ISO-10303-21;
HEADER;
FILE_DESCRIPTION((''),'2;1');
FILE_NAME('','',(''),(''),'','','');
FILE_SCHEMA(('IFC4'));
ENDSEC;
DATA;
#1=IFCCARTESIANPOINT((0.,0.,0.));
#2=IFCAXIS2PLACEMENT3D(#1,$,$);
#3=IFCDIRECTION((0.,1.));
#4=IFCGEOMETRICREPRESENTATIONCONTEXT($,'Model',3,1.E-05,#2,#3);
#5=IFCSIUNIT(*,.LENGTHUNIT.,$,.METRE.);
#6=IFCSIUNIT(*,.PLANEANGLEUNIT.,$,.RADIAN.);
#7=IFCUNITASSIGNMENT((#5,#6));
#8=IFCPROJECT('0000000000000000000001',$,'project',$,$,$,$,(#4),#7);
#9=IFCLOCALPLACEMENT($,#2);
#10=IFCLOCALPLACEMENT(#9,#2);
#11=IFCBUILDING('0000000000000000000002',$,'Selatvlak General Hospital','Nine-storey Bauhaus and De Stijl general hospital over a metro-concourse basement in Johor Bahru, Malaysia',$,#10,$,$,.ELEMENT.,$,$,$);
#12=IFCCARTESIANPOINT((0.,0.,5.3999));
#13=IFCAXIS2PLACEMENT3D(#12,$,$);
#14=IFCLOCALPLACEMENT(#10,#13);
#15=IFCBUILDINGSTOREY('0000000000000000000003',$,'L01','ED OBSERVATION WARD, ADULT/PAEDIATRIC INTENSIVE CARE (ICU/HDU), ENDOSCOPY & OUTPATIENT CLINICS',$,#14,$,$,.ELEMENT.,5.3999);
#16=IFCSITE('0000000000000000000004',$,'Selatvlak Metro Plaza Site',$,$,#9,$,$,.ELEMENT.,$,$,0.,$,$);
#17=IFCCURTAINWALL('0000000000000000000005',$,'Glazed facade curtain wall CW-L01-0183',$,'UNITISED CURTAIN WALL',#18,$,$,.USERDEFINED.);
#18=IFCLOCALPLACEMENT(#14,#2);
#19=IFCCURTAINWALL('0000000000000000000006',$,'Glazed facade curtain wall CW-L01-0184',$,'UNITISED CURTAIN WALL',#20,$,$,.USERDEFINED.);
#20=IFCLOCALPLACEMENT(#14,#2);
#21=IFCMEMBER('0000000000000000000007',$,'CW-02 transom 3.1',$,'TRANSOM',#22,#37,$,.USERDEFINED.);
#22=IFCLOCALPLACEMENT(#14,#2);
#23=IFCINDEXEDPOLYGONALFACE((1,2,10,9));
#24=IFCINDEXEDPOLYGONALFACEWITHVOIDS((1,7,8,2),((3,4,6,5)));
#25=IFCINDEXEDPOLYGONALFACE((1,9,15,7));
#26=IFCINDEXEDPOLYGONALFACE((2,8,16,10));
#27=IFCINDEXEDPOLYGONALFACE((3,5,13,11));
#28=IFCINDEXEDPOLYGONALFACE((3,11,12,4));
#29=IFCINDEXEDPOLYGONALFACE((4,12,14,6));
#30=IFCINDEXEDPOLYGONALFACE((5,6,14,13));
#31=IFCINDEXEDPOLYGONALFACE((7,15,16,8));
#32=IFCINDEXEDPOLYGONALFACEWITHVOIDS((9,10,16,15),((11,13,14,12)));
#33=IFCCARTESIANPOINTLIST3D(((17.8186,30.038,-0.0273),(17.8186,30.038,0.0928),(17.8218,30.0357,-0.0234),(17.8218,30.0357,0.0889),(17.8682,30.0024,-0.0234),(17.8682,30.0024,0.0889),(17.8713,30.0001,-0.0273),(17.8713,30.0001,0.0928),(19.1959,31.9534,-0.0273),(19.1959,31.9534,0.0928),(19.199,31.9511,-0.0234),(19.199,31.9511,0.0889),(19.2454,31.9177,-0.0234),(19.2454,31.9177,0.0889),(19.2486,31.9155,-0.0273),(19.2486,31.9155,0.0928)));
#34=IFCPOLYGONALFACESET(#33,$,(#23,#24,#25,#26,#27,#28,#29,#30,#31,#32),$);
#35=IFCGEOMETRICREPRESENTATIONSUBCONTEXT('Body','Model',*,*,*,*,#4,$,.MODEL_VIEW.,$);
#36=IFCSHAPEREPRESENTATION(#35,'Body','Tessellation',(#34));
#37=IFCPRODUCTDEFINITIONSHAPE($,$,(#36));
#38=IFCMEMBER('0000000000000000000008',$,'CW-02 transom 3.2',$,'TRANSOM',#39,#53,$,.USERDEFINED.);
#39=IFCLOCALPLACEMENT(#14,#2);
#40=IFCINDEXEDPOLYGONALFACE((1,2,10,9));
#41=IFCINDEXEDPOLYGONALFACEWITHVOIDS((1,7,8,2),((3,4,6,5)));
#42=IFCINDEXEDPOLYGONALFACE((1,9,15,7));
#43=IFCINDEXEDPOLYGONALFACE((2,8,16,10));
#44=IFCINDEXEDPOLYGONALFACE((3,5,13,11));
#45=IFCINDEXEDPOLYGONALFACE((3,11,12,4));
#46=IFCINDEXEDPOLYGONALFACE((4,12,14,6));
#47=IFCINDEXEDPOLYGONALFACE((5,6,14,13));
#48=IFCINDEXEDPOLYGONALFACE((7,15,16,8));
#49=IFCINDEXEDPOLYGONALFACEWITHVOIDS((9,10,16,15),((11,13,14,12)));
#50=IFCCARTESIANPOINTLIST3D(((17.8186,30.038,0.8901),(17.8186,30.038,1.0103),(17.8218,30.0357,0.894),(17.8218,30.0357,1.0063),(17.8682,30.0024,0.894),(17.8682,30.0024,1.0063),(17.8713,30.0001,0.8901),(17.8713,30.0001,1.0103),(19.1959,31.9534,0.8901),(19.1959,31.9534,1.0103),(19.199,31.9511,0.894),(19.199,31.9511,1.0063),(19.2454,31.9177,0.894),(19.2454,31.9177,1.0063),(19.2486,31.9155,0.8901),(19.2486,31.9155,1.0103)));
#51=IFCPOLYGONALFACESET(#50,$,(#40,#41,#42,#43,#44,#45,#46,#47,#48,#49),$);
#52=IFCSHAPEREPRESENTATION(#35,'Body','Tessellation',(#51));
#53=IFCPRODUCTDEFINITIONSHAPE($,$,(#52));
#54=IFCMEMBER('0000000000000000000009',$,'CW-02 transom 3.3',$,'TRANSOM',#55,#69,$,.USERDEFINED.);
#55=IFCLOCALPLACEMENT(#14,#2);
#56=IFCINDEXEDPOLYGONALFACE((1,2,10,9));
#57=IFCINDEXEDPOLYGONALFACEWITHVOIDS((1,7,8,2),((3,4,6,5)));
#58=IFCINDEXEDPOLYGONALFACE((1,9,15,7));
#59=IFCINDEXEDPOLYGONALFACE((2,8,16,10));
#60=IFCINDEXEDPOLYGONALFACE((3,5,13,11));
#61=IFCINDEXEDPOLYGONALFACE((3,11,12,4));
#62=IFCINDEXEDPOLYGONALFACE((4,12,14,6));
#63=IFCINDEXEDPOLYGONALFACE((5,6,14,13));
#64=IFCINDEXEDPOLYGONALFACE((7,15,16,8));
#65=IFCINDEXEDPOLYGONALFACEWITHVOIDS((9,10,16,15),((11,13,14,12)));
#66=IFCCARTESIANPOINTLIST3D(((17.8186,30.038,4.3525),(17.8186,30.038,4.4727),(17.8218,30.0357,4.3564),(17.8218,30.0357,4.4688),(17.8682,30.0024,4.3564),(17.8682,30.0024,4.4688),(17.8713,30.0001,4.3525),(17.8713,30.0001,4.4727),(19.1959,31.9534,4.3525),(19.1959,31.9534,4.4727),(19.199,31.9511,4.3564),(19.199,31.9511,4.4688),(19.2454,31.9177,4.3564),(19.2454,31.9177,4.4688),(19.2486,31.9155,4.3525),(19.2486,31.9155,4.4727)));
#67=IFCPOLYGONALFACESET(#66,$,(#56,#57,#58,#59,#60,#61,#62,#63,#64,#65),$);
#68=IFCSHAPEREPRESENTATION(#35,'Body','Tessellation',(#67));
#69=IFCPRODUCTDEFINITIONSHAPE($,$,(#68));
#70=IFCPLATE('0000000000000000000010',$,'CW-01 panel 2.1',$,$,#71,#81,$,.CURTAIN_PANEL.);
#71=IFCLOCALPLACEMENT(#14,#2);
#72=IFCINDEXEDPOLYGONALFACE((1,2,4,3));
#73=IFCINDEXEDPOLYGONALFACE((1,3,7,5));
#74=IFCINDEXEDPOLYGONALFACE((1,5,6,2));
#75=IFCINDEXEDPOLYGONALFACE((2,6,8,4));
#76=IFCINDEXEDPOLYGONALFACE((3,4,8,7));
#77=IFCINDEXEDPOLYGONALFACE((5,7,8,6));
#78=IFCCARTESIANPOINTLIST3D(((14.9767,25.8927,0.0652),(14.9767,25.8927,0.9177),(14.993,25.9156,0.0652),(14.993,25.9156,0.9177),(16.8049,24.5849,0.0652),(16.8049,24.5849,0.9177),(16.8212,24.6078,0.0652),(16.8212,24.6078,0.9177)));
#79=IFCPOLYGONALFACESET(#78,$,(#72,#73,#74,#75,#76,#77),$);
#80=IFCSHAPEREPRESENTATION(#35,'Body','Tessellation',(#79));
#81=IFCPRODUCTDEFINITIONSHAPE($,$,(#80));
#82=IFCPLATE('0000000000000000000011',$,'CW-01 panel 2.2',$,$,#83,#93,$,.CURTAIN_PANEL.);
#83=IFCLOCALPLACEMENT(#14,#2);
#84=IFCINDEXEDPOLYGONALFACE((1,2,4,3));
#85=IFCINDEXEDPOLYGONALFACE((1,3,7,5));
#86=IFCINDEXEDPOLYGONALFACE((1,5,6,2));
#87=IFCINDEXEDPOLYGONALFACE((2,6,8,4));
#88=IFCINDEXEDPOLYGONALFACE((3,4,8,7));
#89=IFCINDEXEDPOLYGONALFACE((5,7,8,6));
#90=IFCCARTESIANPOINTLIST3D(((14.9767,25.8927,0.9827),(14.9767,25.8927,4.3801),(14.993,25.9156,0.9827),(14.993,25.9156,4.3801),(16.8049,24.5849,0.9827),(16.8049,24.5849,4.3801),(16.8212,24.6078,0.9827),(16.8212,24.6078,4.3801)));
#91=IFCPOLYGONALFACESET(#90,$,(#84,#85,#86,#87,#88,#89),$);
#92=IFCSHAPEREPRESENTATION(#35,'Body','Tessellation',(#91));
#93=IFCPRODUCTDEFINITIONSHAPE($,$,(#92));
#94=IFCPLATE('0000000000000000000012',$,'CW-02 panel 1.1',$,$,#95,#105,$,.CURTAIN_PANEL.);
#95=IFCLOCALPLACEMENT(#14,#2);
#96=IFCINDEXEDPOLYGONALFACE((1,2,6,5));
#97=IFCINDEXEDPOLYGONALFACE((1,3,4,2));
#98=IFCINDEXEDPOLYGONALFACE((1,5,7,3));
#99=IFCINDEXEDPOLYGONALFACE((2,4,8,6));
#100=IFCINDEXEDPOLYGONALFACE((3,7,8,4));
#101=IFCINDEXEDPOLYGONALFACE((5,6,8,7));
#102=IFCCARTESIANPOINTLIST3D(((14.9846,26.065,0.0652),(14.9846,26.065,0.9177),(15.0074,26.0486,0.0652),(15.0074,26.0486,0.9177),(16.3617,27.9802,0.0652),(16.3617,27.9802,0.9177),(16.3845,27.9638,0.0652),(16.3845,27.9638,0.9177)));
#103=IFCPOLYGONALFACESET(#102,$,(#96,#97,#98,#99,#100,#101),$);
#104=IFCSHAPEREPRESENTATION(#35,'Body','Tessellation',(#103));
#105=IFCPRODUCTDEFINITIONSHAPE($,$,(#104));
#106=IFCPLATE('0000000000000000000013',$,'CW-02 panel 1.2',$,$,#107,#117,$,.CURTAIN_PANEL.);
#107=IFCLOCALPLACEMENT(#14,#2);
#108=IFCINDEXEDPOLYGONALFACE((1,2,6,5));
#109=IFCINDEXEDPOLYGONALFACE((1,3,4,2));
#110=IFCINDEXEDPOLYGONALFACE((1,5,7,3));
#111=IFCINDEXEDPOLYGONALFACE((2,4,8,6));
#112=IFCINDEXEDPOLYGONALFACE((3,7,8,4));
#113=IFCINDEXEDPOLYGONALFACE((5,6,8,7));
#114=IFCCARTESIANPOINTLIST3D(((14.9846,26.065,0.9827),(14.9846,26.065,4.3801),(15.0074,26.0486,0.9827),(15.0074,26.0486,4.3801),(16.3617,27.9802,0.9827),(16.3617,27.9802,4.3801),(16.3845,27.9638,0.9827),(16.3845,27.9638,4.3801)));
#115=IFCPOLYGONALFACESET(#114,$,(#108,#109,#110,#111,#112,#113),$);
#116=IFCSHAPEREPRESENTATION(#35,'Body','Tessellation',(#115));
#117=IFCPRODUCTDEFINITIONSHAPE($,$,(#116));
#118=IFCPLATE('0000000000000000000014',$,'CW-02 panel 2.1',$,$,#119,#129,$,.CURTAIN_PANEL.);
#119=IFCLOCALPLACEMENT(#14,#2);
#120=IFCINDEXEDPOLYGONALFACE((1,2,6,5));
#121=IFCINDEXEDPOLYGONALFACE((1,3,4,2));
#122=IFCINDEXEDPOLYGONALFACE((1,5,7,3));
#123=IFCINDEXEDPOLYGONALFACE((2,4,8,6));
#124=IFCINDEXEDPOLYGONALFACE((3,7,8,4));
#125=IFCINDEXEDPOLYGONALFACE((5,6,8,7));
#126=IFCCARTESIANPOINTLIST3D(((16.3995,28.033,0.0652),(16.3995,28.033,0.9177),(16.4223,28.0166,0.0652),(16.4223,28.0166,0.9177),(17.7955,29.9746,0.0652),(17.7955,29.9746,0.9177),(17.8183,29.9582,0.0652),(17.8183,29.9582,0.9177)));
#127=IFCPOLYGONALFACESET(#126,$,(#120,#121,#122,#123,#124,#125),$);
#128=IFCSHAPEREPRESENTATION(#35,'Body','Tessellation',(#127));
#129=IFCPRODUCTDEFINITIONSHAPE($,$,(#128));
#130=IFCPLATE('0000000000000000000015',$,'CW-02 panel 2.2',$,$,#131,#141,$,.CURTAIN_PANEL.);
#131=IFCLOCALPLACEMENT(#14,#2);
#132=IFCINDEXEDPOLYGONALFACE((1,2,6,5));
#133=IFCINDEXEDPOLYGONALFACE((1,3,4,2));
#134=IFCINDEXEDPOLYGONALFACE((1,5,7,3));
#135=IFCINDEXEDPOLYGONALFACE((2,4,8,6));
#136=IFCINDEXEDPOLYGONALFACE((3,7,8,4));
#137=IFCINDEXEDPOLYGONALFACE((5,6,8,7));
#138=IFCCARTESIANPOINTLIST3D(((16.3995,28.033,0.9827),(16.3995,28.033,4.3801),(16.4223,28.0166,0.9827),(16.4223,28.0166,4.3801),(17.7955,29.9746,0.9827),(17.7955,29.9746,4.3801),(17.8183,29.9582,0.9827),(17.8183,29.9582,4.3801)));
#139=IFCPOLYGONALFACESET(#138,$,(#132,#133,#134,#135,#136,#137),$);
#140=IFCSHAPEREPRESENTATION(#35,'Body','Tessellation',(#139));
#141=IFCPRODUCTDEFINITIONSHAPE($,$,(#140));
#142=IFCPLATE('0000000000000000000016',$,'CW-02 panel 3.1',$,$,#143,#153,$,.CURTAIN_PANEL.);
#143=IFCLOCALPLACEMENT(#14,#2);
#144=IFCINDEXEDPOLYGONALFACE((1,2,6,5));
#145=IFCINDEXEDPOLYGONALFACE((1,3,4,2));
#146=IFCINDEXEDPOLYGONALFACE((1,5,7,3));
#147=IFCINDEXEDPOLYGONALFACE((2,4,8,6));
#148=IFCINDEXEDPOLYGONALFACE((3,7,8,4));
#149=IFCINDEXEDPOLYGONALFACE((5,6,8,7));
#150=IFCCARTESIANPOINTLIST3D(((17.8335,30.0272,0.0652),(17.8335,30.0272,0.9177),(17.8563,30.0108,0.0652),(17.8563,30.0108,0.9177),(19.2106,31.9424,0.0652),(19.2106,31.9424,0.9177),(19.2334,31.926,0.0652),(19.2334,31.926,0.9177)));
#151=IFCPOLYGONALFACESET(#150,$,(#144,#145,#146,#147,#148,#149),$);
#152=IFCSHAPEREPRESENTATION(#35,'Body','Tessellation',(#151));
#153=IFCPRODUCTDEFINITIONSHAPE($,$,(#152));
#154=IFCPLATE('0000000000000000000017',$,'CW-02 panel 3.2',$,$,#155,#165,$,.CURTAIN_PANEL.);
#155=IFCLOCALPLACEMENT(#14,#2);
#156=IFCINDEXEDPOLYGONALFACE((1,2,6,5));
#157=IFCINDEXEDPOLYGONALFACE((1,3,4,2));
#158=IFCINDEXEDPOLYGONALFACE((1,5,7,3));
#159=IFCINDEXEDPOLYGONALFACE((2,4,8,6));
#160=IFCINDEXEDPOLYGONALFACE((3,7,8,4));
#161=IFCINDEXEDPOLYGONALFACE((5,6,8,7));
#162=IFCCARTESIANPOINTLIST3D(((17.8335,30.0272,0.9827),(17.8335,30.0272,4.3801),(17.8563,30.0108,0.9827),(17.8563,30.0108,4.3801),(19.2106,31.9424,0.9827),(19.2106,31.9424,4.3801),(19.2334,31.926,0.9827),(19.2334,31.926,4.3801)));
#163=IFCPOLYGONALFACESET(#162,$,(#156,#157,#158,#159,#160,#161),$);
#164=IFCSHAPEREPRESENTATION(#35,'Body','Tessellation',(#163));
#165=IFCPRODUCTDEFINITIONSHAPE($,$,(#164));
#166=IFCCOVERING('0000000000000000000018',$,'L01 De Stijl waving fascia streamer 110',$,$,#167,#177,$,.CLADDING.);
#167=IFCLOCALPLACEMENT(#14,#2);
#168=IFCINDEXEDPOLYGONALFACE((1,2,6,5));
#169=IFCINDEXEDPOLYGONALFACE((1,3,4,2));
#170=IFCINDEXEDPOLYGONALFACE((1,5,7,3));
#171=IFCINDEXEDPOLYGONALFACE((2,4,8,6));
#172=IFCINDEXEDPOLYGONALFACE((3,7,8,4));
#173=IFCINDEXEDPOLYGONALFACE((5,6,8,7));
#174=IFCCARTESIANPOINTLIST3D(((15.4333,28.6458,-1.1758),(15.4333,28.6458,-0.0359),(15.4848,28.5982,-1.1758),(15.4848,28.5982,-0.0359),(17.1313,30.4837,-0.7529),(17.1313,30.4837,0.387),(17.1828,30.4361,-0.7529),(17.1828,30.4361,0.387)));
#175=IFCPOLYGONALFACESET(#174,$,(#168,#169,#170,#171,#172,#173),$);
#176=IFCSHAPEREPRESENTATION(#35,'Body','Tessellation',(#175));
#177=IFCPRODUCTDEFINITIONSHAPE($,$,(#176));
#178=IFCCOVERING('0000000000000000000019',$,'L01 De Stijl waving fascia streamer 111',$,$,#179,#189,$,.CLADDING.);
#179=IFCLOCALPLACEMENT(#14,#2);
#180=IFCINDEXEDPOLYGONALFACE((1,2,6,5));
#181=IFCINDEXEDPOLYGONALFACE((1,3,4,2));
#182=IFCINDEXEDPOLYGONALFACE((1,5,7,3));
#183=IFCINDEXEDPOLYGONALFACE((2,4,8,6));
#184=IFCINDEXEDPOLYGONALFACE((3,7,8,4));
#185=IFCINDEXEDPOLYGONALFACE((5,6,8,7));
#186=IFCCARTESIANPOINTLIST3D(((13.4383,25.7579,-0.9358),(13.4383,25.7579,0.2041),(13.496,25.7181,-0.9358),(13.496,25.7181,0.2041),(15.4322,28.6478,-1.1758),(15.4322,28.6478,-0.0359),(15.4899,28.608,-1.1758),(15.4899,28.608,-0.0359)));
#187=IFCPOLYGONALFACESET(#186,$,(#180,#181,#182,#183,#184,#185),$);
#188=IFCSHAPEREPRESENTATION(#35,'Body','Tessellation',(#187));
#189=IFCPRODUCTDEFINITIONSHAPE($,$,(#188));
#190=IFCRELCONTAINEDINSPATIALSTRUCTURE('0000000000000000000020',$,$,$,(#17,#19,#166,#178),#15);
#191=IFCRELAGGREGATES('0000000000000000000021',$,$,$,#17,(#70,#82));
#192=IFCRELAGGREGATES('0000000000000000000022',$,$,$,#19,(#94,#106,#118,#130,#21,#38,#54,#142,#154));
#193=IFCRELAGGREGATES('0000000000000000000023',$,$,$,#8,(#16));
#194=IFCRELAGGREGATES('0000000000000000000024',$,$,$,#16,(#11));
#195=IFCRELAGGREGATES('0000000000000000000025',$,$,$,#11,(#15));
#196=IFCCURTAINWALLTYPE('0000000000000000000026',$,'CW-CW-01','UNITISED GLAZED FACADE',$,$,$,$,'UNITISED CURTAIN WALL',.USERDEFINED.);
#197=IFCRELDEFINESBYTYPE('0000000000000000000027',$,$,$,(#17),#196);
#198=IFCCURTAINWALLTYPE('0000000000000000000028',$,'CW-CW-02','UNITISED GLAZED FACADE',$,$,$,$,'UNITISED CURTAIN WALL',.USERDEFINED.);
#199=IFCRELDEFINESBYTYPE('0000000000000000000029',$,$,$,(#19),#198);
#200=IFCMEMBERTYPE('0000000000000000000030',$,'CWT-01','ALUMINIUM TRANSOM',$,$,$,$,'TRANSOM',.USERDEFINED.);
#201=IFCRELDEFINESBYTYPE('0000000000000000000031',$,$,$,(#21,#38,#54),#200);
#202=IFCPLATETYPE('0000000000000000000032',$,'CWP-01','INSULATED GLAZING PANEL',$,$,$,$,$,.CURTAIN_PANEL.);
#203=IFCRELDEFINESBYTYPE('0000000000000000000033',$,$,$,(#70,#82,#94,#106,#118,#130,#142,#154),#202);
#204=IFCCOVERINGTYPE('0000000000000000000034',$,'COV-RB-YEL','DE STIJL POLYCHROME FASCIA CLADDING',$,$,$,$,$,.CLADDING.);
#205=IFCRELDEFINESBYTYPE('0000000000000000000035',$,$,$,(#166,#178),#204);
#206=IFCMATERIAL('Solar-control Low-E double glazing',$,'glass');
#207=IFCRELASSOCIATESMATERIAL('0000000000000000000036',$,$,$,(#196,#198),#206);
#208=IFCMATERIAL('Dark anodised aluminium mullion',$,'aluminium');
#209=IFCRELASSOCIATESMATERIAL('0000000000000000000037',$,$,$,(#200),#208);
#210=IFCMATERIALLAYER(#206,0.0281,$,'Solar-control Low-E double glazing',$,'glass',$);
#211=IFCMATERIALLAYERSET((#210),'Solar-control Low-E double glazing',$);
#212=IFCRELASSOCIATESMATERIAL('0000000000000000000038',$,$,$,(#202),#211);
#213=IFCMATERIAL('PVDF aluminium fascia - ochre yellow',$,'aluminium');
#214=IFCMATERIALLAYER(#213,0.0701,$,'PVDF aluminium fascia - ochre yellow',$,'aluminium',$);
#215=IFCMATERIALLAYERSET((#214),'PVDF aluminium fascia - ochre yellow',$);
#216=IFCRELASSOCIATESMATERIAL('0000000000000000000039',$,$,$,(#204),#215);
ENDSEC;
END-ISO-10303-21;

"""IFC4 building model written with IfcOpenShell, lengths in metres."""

from ifc_helpers import new_model, si_unit, direction, frame, origin, origin_2d, place, context, subcontext, project, spatial, polyline, rectangle, hollow_rectangle, outline, extrude, material, layer, layer_set, material_profile, profile_set, type_object, element, aggregate, save


model = new_model("IFC4")

# Units and contexts
model_context = context("Model", 3, precision=1e-05, world=origin(), true_north=direction((0.0, 1.0)))
body_context = subcontext(model_context, "Body", "Model", "MODEL_VIEW")
ifc_project = project(units=[si_unit("LENGTHUNIT", "METRE"), si_unit("PLANEANGLEUNIT", "RADIAN")], contexts=[model_context])

# Site, building, storey
site_placement = place(None, origin())
site = spatial("IfcSite", under=ifc_project, at=site_placement, Name="Selatvlak Metro Plaza Site", CompositionType="ELEMENT", RefElevation=0.0)
building_placement = place(site_placement, origin())
building = spatial("IfcBuilding", under=site, at=building_placement, Name="Selatvlak General Hospital", Description="Nine-storey Bauhaus and De Stijl general hospital over a metro-concourse basement in Johor Bahru, Malaysia", CompositionType="ELEMENT")
storey_placement = place(building_placement, frame((0.0, 0.0, 5.3999)))
storey = spatial("IfcBuildingStorey", under=building, at=storey_placement, Name="L01", Description="ED OBSERVATION WARD, ADULT/PAEDIATRIC INTENSIVE CARE (ICU/HDU), ENDOSCOPY & OUTPATIENT CLINICS", CompositionType="ELEMENT", Elevation=5.3999)

# Curtain wall
ifc_material_1 = material(Name="Solar-control Low-E double glazing", Category="glass")
curtain_wall_type_1 = type_object("IfcCurtainWallType", Name="CW-CW-01", Description="UNITISED GLAZED FACADE", ElementType="UNITISED CURTAIN WALL", PredefinedType="USERDEFINED", material=ifc_material_1)
curtain_wall_1_placement = place(storey_placement, origin())
curtain_wall_1 = element("IfcCurtainWall", 1, at=curtain_wall_1_placement, inside=storey, type_object=curtain_wall_type_1, Name="Glazed facade curtain wall CW-L01-0183", ObjectType="UNITISED CURTAIN WALL", PredefinedType="USERDEFINED")
ifc_material_2 = material(Name="Dark anodised aluminium mullion", Category="aluminium")

# Curtain wall, members
curtain_wall_type_2 = type_object("IfcCurtainWallType", Name="CW-CW-02", Description="UNITISED GLAZED FACADE", ElementType="UNITISED CURTAIN WALL", PredefinedType="USERDEFINED", material=ifc_material_1)
curtain_wall_2_placement = place(storey_placement, origin())
curtain_wall_2 = element("IfcCurtainWall", 2, at=curtain_wall_2_placement, inside=storey, type_object=curtain_wall_type_2, Name="Glazed facade curtain wall CW-L01-0184", ObjectType="UNITISED CURTAIN WALL", PredefinedType="USERDEFINED")
ifc_material_profile_1 = material_profile(ifc_material_2, hollow_rectangle(XDim=0.0649, YDim=0.1201, WallThickness=0.0039, at=origin_2d()), Name="AL-TRN 65x120x4")
ifc_profile_set_1 = profile_set([ifc_material_profile_1], Name="Dark anodised aluminium mullion")
member_type_1 = type_object("IfcMemberType", Name="CWT-01", Description="ALUMINIUM TRANSOM", ElementType="TRANSOM", PredefinedType="USERDEFINED", material=ifc_profile_set_1)
member_1_placement = place(storey_placement, frame((17.845, 30.019, 0.0327), z_axis=(0.5838, 0.811897, 0.0), x_axis=(-0.811897, 0.5838, 0.0)))
member_1 = element("IfcMember", 3, at=member_1_placement, type_object=member_type_1, Name="CW-02 transom 3.1", ObjectType="TRANSOM", PredefinedType="USERDEFINED", context=body_context, shape_type="SweptSolid", body=[
    extrude(hollow_rectangle(XDim=0.0649, YDim=0.1201, WallThickness=0.0039, at=origin_2d()), origin(), (0.0, 0.0, 1.0), 2.3591),
])
member_2_placement = place(storey_placement, frame((17.845, 30.019, 0.9502), z_axis=(0.5838, 0.811897, 0.0), x_axis=(-0.811897, 0.5838, 0.0)))
member_2 = element("IfcMember", 4, at=member_2_placement, type_object=member_type_1, Name="CW-02 transom 3.2", ObjectType="TRANSOM", PredefinedType="USERDEFINED", context=body_context, shape_type="SweptSolid", body=[
    extrude(hollow_rectangle(XDim=0.0649, YDim=0.1201, WallThickness=0.0039, at=origin_2d()), origin(), (0.0, 0.0, 1.0), 2.3591),
])
member_3_placement = place(storey_placement, frame((17.845, 30.019, 4.4126), z_axis=(0.5838, 0.811897, 0.0), x_axis=(-0.811897, 0.5838, 0.0)))
member_3 = element("IfcMember", 5, at=member_3_placement, type_object=member_type_1, Name="CW-02 transom 3.3", ObjectType="TRANSOM", PredefinedType="USERDEFINED", context=body_context, shape_type="SweptSolid", body=[
    extrude(hollow_rectangle(XDim=0.0649, YDim=0.1201, WallThickness=0.0039, at=origin_2d()), origin(), (0.0, 0.0, 1.0), 2.3591),
])

# Plates
ifc_layer_1 = layer(ifc_material_1, 0.0281, Name="Solar-control Low-E double glazing", Category="glass")
ifc_layer_set_1 = layer_set([ifc_layer_1], Name="Solar-control Low-E double glazing")
plate_type = type_object("IfcPlateType", Name="CWP-01", Description="INSULATED GLAZING PANEL", PredefinedType="CURTAIN_PANEL", material=ifc_layer_set_1)
plate_1_placement = place(storey_placement, frame((15.8989, 25.2502, 0.0652), z_axis=(0.0, 0.0, 1.0), x_axis=(-0.81333, 0.581803, 0.0)))
plate_1 = element("IfcPlate", 6, at=plate_1_placement, type_object=plate_type, Name="CW-01 panel 2.1", PredefinedType="CURTAIN_PANEL", context=body_context, shape_type="SweptSolid", body=[
    extrude(rectangle(XDim=2.2478, YDim=0.0281, at=origin_2d()), origin(), (0.0, 0.0, 1.0), 0.8525),
])
plate_2_placement = place(storey_placement, frame((15.8989, 25.2502, 0.9827), z_axis=(0.0, 0.0, 1.0), x_axis=(-0.81333, 0.581803, 0.0)))
plate_2 = element("IfcPlate", 7, at=plate_2_placement, type_object=plate_type, Name="CW-01 panel 2.2", PredefinedType="CURTAIN_PANEL", context=body_context, shape_type="SweptSolid", body=[
    extrude(rectangle(XDim=2.2478, YDim=0.0281, at=origin_2d()), origin(), (0.0, 0.0, 1.0), 3.3975),
])
aggregate(curtain_wall_1, [plate_1, plate_2])
plate_3_placement = place(storey_placement, frame((15.6846, 27.0144, 0.0652), z_axis=(0.0, 0.0, 1.0), x_axis=(0.58379, 0.811905, 0.0)))
plate_3 = element("IfcPlate", 8, at=plate_3_placement, type_object=plate_type, Name="CW-02 panel 1.1", PredefinedType="CURTAIN_PANEL", context=body_context, shape_type="SweptSolid", body=[
    extrude(rectangle(XDim=2.3589, YDim=0.0281, at=origin_2d()), origin(), (0.0, 0.0, 1.0), 0.8525),
])
plate_4_placement = place(storey_placement, frame((15.6846, 27.0144, 0.9827), z_axis=(0.0, 0.0, 1.0), x_axis=(0.58379, 0.811905, 0.0)))
plate_4 = element("IfcPlate", 9, at=plate_4_placement, type_object=plate_type, Name="CW-02 panel 1.2", PredefinedType="CURTAIN_PANEL", context=body_context, shape_type="SweptSolid", body=[
    extrude(rectangle(XDim=2.3589, YDim=0.0281, at=origin_2d()), origin(), (0.0, 0.0, 1.0), 3.3975),
])
plate_5_placement = place(storey_placement, frame((17.1089, 28.9956, 0.0652), z_axis=(0.0, 0.0, 1.0), x_axis=(0.58379, 0.811905, 0.0)))
plate_5 = element("IfcPlate", 10, at=plate_5_placement, type_object=plate_type, Name="CW-02 panel 2.1", PredefinedType="CURTAIN_PANEL", context=body_context, shape_type="SweptSolid", body=[
    extrude(rectangle(XDim=2.3914, YDim=0.0281, at=origin_2d()), origin(), (0.0, 0.0, 1.0), 0.8525),
])
plate_6_placement = place(storey_placement, frame((17.1089, 28.9956, 0.9827), z_axis=(0.0, 0.0, 1.0), x_axis=(0.58379, 0.811905, 0.0)))
plate_6 = element("IfcPlate", 11, at=plate_6_placement, type_object=plate_type, Name="CW-02 panel 2.2", PredefinedType="CURTAIN_PANEL", context=body_context, shape_type="SweptSolid", body=[
    extrude(rectangle(XDim=2.3914, YDim=0.0281, at=origin_2d()), origin(), (0.0, 0.0, 1.0), 3.3975),
])
plate_7_placement = place(storey_placement, frame((18.5334, 30.9766, 0.0652), z_axis=(0.0, 0.0, 1.0), x_axis=(0.58379, 0.811905, 0.0)))
plate_7 = element("IfcPlate", 12, at=plate_7_placement, type_object=plate_type, Name="CW-02 panel 3.1", PredefinedType="CURTAIN_PANEL", context=body_context, shape_type="SweptSolid", body=[
    extrude(rectangle(XDim=2.3589, YDim=0.0281, at=origin_2d()), origin(), (0.0, 0.0, 1.0), 0.8525),
])
plate_8_placement = place(storey_placement, frame((18.5334, 30.9766, 0.9827), z_axis=(0.0, 0.0, 1.0), x_axis=(0.58379, 0.811905, 0.0)))
plate_8 = element("IfcPlate", 13, at=plate_8_placement, type_object=plate_type, Name="CW-02 panel 3.2", PredefinedType="CURTAIN_PANEL", context=body_context, shape_type="SweptSolid", body=[
    extrude(rectangle(XDim=2.3589, YDim=0.0281, at=origin_2d()), origin(), (0.0, 0.0, 1.0), 3.3975),
])
aggregate(curtain_wall_2, [plate_3, plate_4, plate_5, plate_6, member_1, member_2, member_3, plate_7, plate_8])

# Coverings
ifc_material_3 = material(Name="PVDF aluminium fascia - ochre yellow", Category="aluminium")
ifc_layer_2 = layer(ifc_material_3, 0.0701, Name="PVDF aluminium fascia - ochre yellow", Category="aluminium")
ifc_layer_set_2 = layer_set([ifc_layer_2], Name="PVDF aluminium fascia - ochre yellow")
covering_type = type_object("IfcCoveringType", Name="COV-RB-YEL", Description="DE STIJL POLYCHROME FASCIA CLADDING", PredefinedType="CLADDING", material=ifc_layer_set_2)
covering_1_placement = place(storey_placement, frame((17.157, 30.46, -0.7529), z_axis=(0.0, 0.0, 1.0), x_axis=(-0.6786, -0.734508, 0.0)))
element("IfcCovering", 14, at=covering_1_placement, inside=storey, type_object=covering_type, Name="L01 De Stijl waving fascia streamer 110", PredefinedType="CLADDING", context=body_context, shape_type="SweptSolid", body=[
    extrude(outline(polyline([(0.0, 0.0), (2.5022, -0.4229), (2.5022, 0.717), (0.0, 1.1399), (0.0, 0.0)])), frame((0.0, 0.0352, 0.0), z_axis=(0.0, -1.0, 0.0), x_axis=(1.0, 0.0, 0.0)), (0.0, 0.0, 1.0), 0.0701),
])
covering_2_placement = place(storey_placement, frame((15.4609, 28.6279, -1.1758), z_axis=(0.0, 0.0, 1.0), x_axis=(-0.5679, -0.823097, 0.0)))
element("IfcCovering", 15, at=covering_2_placement, inside=storey, type_object=covering_type, Name="L01 De Stijl waving fascia streamer 111", PredefinedType="CLADDING", context=body_context, shape_type="SweptSolid", body=[
    extrude(outline(polyline([(0.0, 0.0), (3.511, 0.24), (3.511, 1.3799), (0.0, 1.1399), (0.0, 0.0)])), frame((0.0, 0.0352, 0.0), z_axis=(0.0, -1.0, 0.0), x_axis=(1.0, 0.0, 0.0)), (0.0, 0.0, 1.0), 0.0701),
])

save(model, "model.ifc")
